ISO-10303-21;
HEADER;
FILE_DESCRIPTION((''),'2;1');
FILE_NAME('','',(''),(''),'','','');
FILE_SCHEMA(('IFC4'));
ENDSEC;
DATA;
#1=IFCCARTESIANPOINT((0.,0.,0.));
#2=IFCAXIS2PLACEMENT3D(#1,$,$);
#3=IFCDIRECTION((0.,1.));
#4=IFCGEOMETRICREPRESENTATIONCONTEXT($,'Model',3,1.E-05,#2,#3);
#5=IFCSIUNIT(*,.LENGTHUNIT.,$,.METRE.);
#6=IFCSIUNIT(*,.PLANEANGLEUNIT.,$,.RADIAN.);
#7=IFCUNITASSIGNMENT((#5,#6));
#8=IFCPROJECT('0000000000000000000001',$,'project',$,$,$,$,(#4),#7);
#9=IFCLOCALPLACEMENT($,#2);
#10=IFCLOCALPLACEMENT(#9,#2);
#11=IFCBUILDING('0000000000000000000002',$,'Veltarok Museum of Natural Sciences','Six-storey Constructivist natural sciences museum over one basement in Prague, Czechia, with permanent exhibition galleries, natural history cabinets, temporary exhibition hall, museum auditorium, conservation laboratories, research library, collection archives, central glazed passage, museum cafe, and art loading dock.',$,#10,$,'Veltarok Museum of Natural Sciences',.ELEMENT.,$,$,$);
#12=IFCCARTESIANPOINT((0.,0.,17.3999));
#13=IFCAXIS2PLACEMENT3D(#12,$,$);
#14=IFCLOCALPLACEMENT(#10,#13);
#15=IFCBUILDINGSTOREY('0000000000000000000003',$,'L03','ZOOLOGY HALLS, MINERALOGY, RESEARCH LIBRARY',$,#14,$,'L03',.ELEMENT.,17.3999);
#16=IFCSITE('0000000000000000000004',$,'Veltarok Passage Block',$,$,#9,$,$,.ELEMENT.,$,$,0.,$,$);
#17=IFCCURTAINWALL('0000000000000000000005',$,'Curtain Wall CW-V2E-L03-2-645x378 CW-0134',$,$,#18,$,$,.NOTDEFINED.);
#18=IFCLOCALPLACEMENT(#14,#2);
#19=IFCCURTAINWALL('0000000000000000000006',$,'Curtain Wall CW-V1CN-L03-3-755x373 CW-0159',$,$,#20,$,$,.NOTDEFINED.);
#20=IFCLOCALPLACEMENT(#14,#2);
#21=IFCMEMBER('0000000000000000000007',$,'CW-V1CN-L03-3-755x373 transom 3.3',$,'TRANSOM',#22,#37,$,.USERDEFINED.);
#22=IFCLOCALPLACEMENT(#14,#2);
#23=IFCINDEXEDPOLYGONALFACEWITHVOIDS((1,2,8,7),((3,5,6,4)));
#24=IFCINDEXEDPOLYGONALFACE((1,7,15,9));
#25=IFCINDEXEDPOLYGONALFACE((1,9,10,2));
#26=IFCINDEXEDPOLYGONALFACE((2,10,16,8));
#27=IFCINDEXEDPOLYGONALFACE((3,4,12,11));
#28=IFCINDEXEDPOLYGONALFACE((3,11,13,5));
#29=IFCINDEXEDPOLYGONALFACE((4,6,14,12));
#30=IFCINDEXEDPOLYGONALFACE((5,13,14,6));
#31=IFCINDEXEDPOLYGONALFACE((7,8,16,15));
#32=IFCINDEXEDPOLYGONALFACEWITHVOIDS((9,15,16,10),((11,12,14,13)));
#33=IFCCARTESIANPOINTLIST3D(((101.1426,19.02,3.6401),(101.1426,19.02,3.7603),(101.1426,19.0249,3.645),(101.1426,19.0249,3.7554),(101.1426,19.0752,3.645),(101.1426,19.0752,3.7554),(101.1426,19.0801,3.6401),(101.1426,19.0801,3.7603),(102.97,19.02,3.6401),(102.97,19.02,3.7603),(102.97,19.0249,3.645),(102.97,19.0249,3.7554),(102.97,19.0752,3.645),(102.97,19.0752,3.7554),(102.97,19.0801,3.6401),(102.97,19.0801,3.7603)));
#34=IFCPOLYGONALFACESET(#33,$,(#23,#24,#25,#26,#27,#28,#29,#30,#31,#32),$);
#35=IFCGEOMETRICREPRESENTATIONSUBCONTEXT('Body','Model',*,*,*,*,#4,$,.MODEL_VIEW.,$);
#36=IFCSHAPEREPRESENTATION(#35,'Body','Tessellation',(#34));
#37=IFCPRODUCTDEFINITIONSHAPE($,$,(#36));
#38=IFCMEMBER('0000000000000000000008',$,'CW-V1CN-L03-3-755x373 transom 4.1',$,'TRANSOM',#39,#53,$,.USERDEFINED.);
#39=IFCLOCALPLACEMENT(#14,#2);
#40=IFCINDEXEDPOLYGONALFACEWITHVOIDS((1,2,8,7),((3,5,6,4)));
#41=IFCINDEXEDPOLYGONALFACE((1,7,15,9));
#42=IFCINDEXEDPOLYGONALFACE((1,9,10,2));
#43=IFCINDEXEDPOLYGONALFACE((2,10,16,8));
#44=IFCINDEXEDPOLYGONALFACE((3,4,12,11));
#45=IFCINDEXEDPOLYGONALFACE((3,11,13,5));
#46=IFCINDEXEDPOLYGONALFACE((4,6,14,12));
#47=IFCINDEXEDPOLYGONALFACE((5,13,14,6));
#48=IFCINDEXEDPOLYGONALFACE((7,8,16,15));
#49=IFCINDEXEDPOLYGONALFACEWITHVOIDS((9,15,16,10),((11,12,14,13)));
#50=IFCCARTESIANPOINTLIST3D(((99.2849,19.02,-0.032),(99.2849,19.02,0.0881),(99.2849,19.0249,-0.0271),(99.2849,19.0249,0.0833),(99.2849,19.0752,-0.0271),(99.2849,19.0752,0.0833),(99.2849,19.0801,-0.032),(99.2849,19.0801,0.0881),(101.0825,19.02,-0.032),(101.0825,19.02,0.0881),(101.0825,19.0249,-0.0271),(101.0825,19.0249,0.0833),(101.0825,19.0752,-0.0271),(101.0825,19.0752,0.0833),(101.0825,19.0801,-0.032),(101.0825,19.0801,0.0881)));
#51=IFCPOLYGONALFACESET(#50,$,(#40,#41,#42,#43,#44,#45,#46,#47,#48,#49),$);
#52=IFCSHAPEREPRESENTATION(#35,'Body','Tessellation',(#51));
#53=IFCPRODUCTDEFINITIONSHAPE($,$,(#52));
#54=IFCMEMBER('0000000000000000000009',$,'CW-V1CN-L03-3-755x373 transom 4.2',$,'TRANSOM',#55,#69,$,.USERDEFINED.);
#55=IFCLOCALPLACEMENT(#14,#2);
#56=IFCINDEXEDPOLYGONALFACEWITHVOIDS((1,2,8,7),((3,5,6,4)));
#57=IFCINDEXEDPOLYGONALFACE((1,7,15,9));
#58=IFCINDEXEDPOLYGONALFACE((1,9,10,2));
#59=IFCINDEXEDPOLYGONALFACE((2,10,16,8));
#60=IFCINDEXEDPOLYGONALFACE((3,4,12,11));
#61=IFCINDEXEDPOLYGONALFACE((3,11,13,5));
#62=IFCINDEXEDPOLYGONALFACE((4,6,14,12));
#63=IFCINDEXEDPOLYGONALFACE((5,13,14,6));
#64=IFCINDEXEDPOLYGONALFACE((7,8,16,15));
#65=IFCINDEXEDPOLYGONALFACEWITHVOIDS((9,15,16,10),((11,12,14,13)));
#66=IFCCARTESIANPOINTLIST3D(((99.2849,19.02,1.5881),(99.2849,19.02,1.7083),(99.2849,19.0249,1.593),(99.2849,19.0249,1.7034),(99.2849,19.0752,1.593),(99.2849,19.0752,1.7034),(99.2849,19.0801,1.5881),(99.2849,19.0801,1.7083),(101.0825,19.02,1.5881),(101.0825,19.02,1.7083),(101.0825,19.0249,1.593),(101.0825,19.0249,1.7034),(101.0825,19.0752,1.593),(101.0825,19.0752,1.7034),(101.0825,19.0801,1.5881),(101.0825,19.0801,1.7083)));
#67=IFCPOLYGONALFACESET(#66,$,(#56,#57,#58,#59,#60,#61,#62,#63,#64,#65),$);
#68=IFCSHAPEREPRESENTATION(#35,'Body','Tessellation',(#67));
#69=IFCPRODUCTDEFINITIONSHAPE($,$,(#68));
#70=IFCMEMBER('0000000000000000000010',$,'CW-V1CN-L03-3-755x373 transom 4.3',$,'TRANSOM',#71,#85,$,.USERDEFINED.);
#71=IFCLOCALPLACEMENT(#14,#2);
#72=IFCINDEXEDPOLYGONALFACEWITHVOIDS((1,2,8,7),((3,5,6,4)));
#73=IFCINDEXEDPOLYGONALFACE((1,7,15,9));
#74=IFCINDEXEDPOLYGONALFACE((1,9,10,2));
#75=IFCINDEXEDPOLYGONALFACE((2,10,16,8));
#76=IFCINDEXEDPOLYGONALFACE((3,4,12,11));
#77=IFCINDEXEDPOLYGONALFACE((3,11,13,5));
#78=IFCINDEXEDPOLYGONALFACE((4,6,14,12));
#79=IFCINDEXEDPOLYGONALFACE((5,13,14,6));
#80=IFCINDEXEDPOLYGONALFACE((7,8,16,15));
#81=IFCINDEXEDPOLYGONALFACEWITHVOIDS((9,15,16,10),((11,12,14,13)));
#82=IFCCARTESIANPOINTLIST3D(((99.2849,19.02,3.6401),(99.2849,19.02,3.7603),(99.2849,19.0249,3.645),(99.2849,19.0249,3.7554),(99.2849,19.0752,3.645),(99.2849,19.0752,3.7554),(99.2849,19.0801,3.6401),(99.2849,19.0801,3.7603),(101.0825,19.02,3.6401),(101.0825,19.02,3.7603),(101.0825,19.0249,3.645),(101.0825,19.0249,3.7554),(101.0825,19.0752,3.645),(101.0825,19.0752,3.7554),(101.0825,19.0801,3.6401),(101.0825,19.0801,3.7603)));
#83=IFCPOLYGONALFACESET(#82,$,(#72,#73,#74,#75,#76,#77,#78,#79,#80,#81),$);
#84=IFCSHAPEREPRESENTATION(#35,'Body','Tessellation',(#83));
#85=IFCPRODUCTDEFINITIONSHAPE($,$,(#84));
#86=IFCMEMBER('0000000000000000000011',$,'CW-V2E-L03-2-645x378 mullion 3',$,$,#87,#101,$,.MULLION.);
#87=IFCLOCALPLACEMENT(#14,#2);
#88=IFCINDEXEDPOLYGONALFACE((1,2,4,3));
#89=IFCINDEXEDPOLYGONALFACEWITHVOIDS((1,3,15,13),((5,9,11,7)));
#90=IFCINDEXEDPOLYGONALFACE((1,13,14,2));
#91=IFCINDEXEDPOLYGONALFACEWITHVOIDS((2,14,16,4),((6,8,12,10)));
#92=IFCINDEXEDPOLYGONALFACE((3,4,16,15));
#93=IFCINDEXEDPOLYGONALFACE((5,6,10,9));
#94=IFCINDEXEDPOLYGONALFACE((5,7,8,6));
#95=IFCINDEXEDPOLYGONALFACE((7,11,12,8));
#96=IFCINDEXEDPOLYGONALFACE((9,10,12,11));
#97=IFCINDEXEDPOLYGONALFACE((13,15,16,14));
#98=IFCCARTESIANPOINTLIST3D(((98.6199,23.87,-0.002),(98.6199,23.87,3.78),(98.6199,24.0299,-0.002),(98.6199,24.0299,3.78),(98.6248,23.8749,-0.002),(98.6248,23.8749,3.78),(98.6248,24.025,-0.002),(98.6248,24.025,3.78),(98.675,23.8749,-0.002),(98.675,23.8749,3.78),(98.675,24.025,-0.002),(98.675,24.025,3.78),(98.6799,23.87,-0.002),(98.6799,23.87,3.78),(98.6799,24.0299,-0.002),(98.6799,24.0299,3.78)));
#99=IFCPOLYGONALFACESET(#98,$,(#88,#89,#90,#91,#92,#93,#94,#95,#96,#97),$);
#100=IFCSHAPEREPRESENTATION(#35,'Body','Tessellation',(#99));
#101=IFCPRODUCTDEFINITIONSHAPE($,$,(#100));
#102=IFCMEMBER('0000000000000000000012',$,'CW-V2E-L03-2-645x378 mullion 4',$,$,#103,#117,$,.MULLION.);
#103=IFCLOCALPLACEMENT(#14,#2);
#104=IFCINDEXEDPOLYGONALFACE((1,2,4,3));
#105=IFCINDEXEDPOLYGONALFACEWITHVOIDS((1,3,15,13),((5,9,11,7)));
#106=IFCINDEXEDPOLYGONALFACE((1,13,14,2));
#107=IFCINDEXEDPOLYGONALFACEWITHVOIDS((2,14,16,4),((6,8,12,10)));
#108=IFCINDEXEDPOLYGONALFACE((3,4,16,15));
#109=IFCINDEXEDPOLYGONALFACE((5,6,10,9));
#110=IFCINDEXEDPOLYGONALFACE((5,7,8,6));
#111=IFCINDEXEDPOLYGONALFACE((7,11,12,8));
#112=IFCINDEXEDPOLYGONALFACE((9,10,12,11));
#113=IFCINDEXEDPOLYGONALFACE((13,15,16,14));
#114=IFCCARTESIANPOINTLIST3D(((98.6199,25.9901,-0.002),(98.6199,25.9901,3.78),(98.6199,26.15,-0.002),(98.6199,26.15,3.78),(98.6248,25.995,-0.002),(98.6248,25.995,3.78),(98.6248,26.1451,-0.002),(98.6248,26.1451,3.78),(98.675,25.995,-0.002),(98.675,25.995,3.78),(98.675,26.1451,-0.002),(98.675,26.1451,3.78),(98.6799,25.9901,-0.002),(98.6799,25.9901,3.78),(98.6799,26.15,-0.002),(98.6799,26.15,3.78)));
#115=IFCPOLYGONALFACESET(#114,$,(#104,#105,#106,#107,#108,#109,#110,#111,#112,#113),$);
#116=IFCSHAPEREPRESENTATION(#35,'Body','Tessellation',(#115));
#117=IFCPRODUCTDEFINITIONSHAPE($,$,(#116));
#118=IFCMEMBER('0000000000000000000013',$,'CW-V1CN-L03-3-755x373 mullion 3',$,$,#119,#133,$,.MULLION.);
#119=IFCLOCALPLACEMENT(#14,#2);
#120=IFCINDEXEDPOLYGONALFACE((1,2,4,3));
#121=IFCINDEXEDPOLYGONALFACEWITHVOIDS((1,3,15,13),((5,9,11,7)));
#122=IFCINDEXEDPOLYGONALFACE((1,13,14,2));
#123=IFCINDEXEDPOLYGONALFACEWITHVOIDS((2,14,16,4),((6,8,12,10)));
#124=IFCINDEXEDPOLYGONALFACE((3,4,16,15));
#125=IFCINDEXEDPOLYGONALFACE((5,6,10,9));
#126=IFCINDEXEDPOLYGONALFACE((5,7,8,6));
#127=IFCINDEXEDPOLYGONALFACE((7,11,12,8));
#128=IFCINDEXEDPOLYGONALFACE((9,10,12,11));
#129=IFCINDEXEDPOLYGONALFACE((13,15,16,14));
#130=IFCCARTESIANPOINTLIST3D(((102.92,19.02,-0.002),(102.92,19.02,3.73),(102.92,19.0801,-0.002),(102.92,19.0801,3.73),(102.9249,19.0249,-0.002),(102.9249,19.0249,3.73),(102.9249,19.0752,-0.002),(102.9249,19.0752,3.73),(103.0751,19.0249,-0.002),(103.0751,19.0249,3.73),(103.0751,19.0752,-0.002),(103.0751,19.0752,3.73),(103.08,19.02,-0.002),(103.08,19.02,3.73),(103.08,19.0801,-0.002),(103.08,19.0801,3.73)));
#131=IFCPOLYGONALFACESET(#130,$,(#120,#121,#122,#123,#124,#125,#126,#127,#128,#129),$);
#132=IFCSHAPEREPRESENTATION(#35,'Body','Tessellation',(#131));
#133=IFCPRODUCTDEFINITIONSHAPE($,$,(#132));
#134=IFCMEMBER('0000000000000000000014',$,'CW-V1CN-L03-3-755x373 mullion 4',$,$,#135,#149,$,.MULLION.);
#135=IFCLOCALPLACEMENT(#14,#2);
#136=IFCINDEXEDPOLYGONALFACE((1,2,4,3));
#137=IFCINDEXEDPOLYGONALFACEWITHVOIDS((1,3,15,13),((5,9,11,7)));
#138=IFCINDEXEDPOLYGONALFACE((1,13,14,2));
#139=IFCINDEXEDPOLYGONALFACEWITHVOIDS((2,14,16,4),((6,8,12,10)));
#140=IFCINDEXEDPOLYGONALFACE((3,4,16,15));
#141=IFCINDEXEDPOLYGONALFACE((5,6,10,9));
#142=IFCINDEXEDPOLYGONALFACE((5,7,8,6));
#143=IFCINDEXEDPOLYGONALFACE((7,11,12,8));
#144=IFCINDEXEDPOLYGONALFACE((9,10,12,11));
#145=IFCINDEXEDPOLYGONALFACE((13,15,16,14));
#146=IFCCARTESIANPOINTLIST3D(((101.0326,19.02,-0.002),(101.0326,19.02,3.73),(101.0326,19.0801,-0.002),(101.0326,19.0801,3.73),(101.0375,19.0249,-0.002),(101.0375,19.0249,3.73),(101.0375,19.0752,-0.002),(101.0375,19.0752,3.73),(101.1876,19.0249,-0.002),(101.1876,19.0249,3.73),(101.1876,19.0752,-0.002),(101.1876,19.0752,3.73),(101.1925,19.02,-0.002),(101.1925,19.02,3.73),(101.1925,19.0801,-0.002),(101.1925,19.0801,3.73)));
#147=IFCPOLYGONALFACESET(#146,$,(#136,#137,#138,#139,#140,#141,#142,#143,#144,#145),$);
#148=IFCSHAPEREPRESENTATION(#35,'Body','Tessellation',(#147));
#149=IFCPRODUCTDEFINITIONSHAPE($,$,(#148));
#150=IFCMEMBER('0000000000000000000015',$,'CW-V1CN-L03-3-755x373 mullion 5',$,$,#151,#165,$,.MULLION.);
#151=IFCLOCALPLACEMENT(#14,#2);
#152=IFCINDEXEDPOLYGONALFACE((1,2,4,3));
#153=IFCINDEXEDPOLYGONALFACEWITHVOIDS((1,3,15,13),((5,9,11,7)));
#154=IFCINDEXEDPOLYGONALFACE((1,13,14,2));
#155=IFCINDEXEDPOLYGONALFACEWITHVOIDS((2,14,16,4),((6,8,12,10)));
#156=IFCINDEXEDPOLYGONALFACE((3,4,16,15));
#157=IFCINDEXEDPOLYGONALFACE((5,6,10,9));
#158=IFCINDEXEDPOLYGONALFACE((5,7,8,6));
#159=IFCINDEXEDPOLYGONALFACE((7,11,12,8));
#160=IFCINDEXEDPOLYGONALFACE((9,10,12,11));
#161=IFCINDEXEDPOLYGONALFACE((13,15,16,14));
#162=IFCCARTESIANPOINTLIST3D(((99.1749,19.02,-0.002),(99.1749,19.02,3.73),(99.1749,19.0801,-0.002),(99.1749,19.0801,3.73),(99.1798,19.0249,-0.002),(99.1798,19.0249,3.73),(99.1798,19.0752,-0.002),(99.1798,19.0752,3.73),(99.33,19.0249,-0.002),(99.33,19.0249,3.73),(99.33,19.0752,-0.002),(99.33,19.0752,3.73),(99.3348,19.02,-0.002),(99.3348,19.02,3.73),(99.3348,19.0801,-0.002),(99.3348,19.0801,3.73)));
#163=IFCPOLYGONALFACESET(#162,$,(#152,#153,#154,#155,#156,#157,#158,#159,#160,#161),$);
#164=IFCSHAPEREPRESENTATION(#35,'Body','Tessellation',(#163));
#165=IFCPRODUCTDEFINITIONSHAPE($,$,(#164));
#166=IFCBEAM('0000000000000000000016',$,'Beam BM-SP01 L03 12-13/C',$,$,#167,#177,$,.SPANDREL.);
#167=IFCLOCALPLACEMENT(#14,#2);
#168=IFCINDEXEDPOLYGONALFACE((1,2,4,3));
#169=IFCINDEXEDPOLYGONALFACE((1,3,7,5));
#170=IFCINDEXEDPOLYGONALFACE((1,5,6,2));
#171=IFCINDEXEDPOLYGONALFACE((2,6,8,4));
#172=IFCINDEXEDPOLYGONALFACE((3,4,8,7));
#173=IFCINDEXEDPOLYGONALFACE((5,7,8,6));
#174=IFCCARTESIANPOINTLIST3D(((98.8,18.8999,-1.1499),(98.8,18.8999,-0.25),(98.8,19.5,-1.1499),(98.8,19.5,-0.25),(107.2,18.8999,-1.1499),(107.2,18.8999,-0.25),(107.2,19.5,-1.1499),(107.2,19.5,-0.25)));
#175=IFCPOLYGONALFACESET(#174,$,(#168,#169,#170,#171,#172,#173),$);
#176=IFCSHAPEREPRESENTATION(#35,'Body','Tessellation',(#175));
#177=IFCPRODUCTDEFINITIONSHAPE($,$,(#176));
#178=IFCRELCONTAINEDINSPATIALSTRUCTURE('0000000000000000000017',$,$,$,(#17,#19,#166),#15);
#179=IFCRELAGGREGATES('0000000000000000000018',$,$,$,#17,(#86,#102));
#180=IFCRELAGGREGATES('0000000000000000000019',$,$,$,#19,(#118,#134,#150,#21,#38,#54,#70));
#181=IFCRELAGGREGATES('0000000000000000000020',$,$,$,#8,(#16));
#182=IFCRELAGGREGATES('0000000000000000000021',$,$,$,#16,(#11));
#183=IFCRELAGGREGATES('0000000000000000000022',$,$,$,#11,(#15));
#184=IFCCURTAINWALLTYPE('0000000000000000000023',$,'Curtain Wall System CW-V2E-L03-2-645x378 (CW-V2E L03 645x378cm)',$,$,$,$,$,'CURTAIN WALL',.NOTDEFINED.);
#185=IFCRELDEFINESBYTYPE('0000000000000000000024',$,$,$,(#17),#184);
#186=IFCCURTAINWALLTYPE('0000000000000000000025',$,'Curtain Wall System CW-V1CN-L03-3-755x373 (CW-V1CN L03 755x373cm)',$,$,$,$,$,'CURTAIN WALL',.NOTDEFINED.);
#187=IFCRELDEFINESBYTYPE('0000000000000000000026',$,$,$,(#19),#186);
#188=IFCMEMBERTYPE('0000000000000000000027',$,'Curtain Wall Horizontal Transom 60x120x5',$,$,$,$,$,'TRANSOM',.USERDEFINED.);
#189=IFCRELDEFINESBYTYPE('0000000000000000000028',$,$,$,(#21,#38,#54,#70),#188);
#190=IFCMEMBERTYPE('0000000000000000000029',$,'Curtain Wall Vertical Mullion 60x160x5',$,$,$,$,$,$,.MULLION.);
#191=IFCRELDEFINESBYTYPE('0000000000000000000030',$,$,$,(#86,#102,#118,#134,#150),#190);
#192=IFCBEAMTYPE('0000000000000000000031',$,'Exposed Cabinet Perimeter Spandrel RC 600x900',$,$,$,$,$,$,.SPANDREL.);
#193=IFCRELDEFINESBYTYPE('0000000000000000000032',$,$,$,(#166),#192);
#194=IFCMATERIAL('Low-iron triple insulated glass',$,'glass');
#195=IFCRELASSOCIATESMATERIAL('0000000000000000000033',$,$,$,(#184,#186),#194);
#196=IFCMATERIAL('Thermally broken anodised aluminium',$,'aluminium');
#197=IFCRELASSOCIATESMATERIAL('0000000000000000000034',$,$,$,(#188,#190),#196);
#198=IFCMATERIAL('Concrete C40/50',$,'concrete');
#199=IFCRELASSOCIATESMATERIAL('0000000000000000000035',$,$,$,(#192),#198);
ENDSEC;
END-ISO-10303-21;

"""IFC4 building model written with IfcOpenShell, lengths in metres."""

from ifc_helpers import new_model, si_unit, direction, frame, origin, origin_2d, place, context, subcontext, project, spatial, rectangle, hollow_rectangle, extrude, material, material_profile, profile_set, type_object, element, aggregate, save


model = new_model("IFC4")

# Units and contexts
model_context = context("Model", 3, precision=1e-05, world=origin(), true_north=direction((0.0, 1.0)))
body_context = subcontext(model_context, "Body", "Model", "MODEL_VIEW")
ifc_project = project(units=[si_unit("LENGTHUNIT", "METRE"), si_unit("PLANEANGLEUNIT", "RADIAN")], contexts=[model_context])

# Site, building, storey
site_placement = place(None, origin())
site = spatial("IfcSite", under=ifc_project, at=site_placement, Name="Veltarok Passage Block", CompositionType="ELEMENT", RefElevation=0.0)
building_placement = place(site_placement, origin())
building = spatial("IfcBuilding", under=site, at=building_placement, Name="Veltarok Museum of Natural Sciences", Description="Six-storey Constructivist natural sciences museum over one basement in Prague, Czechia, with permanent exhibition galleries, natural history cabinets, temporary exhibition hall, museum auditorium, conservation laboratories, research library, collection archives, central glazed passage, museum cafe, and art loading dock.", LongName="Veltarok Museum of Natural Sciences", CompositionType="ELEMENT")
storey_placement = place(building_placement, frame((0.0, 0.0, 17.3999)))
storey = spatial("IfcBuildingStorey", under=building, at=storey_placement, Name="L03", Description="ZOOLOGY HALLS, MINERALOGY, RESEARCH LIBRARY", LongName="L03", CompositionType="ELEMENT", Elevation=17.3999)

# Shared definitions
ifc_material_1 = material(Name="Concrete C40/50", Category="concrete")

# Curtain walls, members
ifc_material_2 = material(Name="Low-iron triple insulated glass", Category="glass")
curtain_wall_type_1 = type_object("IfcCurtainWallType", Name="Curtain Wall System CW-V2E-L03-2-645x378 (CW-V2E L03 645x378cm)", ElementType="CURTAIN WALL", PredefinedType="NOTDEFINED", material=ifc_material_2)
curtain_wall_1_placement = place(storey_placement, origin())
curtain_wall_1 = element("IfcCurtainWall", 1, at=curtain_wall_1_placement, inside=storey, type_object=curtain_wall_type_1, Name="Curtain Wall CW-V2E-L03-2-645x378 CW-0134", PredefinedType="NOTDEFINED")
ifc_material_3 = material(Name="Thermally broken anodised aluminium", Category="aluminium")
ifc_material_profile_1 = material_profile(ifc_material_3, hollow_rectangle(XDim=0.0601, YDim=0.1201, WallThickness=0.0049, at=origin_2d()), Name="CW TRANSOM 60x120x5")
ifc_profile_set_1 = profile_set([ifc_material_profile_1], Name="Thermally broken anodised aluminium")
member_type_1 = type_object("IfcMemberType", Name="Curtain Wall Horizontal Transom 60x120x5", ElementType="TRANSOM", PredefinedType="USERDEFINED", material=ifc_profile_set_1)
curtain_wall_type_2 = type_object("IfcCurtainWallType", Name="Curtain Wall System CW-V1CN-L03-3-755x373 (CW-V1CN L03 755x373cm)", ElementType="CURTAIN WALL", PredefinedType="NOTDEFINED", material=ifc_material_2)
curtain_wall_2_placement = place(storey_placement, origin())
curtain_wall_2 = element("IfcCurtainWall", 2, at=curtain_wall_2_placement, inside=storey, type_object=curtain_wall_type_2, Name="Curtain Wall CW-V1CN-L03-3-755x373 CW-0159", PredefinedType="NOTDEFINED")
member_1_placement = place(storey_placement, frame((102.97, 19.05, 3.7002), z_axis=(-1.0, 0.0, 0.0), x_axis=(0.0, -1.0, 0.0)))
member_1 = element("IfcMember", 3, at=member_1_placement, type_object=member_type_1, Name="CW-V1CN-L03-3-755x373 transom 3.3", ObjectType="TRANSOM", PredefinedType="USERDEFINED", context=body_context, shape_type="SweptSolid", body=[
    extrude(hollow_rectangle(XDim=0.0601, YDim=0.1201, WallThickness=0.0049, at=origin_2d()), origin(), (0.0, 0.0, 1.0), 1.8274),
])
member_2_placement = place(storey_placement, frame((101.0825, 19.05, 0.0281), z_axis=(-1.0, 0.0, 0.0), x_axis=(0.0, -1.0, 0.0)))
member_2 = element("IfcMember", 4, at=member_2_placement, type_object=member_type_1, Name="CW-V1CN-L03-3-755x373 transom 4.1", ObjectType="TRANSOM", PredefinedType="USERDEFINED", context=body_context, shape_type="SweptSolid", body=[
    extrude(hollow_rectangle(XDim=0.0601, YDim=0.1201, WallThickness=0.0049, at=origin_2d()), origin(), (0.0, 0.0, 1.0), 1.7976),
])
member_3_placement = place(storey_placement, frame((101.0825, 19.05, 1.6482), z_axis=(-1.0, 0.0, 0.0), x_axis=(0.0, -1.0, 0.0)))
member_3 = element("IfcMember", 5, at=member_3_placement, type_object=member_type_1, Name="CW-V1CN-L03-3-755x373 transom 4.2", ObjectType="TRANSOM", PredefinedType="USERDEFINED", context=body_context, shape_type="SweptSolid", body=[
    extrude(hollow_rectangle(XDim=0.0601, YDim=0.1201, WallThickness=0.0049, at=origin_2d()), origin(), (0.0, 0.0, 1.0), 1.7976),
])
member_4_placement = place(storey_placement, frame((101.0825, 19.05, 3.7002), z_axis=(-1.0, 0.0, 0.0), x_axis=(0.0, -1.0, 0.0)))
member_4 = element("IfcMember", 6, at=member_4_placement, type_object=member_type_1, Name="CW-V1CN-L03-3-755x373 transom 4.3", ObjectType="TRANSOM", PredefinedType="USERDEFINED", context=body_context, shape_type="SweptSolid", body=[
    extrude(hollow_rectangle(XDim=0.0601, YDim=0.1201, WallThickness=0.0049, at=origin_2d()), origin(), (0.0, 0.0, 1.0), 1.7976),
])

# Members
ifc_material_profile_2 = material_profile(ifc_material_3, hollow_rectangle(XDim=0.0601, YDim=0.1599, WallThickness=0.0049, at=origin_2d()), Name="CW MULLION 60x160x5")
ifc_profile_set_2 = profile_set([ifc_material_profile_2], Name="Thermally broken anodised aluminium")
member_type_2 = type_object("IfcMemberType", Name="Curtain Wall Vertical Mullion 60x160x5", PredefinedType="MULLION", material=ifc_profile_set_2)
member_5_placement = place(storey_placement, frame((98.6499, 23.95, -0.002), z_axis=(0.0, 0.0, 1.0), x_axis=(-1.0, 0.0, 0.0)))
member_5 = element("IfcMember", 7, at=member_5_placement, type_object=member_type_2, Name="CW-V2E-L03-2-645x378 mullion 3", PredefinedType="MULLION", context=body_context, shape_type="SweptSolid", body=[
    extrude(hollow_rectangle(XDim=0.0601, YDim=0.1599, WallThickness=0.0049, at=origin_2d()), origin(), (0.0, 0.0, 1.0), 3.782),
])
member_6_placement = place(storey_placement, frame((98.6499, 26.0701, -0.002), z_axis=(0.0, 0.0, 1.0), x_axis=(-1.0, 0.0, 0.0)))
member_6 = element("IfcMember", 8, at=member_6_placement, type_object=member_type_2, Name="CW-V2E-L03-2-645x378 mullion 4", PredefinedType="MULLION", context=body_context, shape_type="SweptSolid", body=[
    extrude(hollow_rectangle(XDim=0.0601, YDim=0.1599, WallThickness=0.0049, at=origin_2d()), origin(), (0.0, 0.0, 1.0), 3.782),
])
member_7_placement = place(storey_placement, frame((103.0, 19.05, -0.002), z_axis=(0.0, 0.0, 1.0), x_axis=(0.0, -1.0, 0.0)))
member_7 = element("IfcMember", 9, at=member_7_placement, type_object=member_type_2, Name="CW-V1CN-L03-3-755x373 mullion 3", PredefinedType="MULLION", context=body_context, shape_type="SweptSolid", body=[
    extrude(hollow_rectangle(XDim=0.0601, YDim=0.1599, WallThickness=0.0049, at=origin_2d()), origin(), (0.0, 0.0, 1.0), 3.7319),
])
member_8_placement = place(storey_placement, frame((101.1125, 19.05, -0.002), z_axis=(0.0, 0.0, 1.0), x_axis=(0.0, -1.0, 0.0)))
member_8 = element("IfcMember", 10, at=member_8_placement, type_object=member_type_2, Name="CW-V1CN-L03-3-755x373 mullion 4", PredefinedType="MULLION", context=body_context, shape_type="SweptSolid", body=[
    extrude(hollow_rectangle(XDim=0.0601, YDim=0.1599, WallThickness=0.0049, at=origin_2d()), origin(), (0.0, 0.0, 1.0), 3.7319),
])
member_9_placement = place(storey_placement, frame((99.2549, 19.05, -0.002), z_axis=(0.0, 0.0, 1.0), x_axis=(0.0, -1.0, 0.0)))
member_9 = element("IfcMember", 11, at=member_9_placement, type_object=member_type_2, Name="CW-V1CN-L03-3-755x373 mullion 5", PredefinedType="MULLION", context=body_context, shape_type="SweptSolid", body=[
    extrude(hollow_rectangle(XDim=0.0601, YDim=0.1599, WallThickness=0.0049, at=origin_2d()), origin(), (0.0, 0.0, 1.0), 3.7319),
])

# Beam
ifc_material_profile_3 = material_profile(ifc_material_1, rectangle(XDim=0.6001, YDim=0.8999, at=origin_2d()), Name="RC 600x900")
ifc_profile_set_3 = profile_set([ifc_material_profile_3], Name="Concrete C40/50")
beam_type_1 = type_object("IfcBeamType", Name="Exposed Cabinet Perimeter Spandrel RC 600x900", PredefinedType="SPANDREL", material=ifc_profile_set_3)
beam_1_placement = place(storey_placement, frame((98.8, 19.2, -0.7), z_axis=(1.0, 0.0, 0.0), x_axis=(0.0, 1.0, 0.0)))
element("IfcBeam", 12, at=beam_1_placement, inside=storey, type_object=beam_type_1, Name="Beam BM-SP01 L03 12-13/C", PredefinedType="SPANDREL", context=body_context, shape_type="SweptSolid", body=[
    extrude(rectangle(XDim=0.6001, YDim=0.8999, at=origin_2d()), origin(), (0.0, 0.0, 1.0), 8.3999),
])

aggregate(curtain_wall_1, [member_5, member_6])
aggregate(curtain_wall_2, [member_7, member_8, member_9, member_1, member_2, member_3, member_4])

save(model, "model.ifc")
